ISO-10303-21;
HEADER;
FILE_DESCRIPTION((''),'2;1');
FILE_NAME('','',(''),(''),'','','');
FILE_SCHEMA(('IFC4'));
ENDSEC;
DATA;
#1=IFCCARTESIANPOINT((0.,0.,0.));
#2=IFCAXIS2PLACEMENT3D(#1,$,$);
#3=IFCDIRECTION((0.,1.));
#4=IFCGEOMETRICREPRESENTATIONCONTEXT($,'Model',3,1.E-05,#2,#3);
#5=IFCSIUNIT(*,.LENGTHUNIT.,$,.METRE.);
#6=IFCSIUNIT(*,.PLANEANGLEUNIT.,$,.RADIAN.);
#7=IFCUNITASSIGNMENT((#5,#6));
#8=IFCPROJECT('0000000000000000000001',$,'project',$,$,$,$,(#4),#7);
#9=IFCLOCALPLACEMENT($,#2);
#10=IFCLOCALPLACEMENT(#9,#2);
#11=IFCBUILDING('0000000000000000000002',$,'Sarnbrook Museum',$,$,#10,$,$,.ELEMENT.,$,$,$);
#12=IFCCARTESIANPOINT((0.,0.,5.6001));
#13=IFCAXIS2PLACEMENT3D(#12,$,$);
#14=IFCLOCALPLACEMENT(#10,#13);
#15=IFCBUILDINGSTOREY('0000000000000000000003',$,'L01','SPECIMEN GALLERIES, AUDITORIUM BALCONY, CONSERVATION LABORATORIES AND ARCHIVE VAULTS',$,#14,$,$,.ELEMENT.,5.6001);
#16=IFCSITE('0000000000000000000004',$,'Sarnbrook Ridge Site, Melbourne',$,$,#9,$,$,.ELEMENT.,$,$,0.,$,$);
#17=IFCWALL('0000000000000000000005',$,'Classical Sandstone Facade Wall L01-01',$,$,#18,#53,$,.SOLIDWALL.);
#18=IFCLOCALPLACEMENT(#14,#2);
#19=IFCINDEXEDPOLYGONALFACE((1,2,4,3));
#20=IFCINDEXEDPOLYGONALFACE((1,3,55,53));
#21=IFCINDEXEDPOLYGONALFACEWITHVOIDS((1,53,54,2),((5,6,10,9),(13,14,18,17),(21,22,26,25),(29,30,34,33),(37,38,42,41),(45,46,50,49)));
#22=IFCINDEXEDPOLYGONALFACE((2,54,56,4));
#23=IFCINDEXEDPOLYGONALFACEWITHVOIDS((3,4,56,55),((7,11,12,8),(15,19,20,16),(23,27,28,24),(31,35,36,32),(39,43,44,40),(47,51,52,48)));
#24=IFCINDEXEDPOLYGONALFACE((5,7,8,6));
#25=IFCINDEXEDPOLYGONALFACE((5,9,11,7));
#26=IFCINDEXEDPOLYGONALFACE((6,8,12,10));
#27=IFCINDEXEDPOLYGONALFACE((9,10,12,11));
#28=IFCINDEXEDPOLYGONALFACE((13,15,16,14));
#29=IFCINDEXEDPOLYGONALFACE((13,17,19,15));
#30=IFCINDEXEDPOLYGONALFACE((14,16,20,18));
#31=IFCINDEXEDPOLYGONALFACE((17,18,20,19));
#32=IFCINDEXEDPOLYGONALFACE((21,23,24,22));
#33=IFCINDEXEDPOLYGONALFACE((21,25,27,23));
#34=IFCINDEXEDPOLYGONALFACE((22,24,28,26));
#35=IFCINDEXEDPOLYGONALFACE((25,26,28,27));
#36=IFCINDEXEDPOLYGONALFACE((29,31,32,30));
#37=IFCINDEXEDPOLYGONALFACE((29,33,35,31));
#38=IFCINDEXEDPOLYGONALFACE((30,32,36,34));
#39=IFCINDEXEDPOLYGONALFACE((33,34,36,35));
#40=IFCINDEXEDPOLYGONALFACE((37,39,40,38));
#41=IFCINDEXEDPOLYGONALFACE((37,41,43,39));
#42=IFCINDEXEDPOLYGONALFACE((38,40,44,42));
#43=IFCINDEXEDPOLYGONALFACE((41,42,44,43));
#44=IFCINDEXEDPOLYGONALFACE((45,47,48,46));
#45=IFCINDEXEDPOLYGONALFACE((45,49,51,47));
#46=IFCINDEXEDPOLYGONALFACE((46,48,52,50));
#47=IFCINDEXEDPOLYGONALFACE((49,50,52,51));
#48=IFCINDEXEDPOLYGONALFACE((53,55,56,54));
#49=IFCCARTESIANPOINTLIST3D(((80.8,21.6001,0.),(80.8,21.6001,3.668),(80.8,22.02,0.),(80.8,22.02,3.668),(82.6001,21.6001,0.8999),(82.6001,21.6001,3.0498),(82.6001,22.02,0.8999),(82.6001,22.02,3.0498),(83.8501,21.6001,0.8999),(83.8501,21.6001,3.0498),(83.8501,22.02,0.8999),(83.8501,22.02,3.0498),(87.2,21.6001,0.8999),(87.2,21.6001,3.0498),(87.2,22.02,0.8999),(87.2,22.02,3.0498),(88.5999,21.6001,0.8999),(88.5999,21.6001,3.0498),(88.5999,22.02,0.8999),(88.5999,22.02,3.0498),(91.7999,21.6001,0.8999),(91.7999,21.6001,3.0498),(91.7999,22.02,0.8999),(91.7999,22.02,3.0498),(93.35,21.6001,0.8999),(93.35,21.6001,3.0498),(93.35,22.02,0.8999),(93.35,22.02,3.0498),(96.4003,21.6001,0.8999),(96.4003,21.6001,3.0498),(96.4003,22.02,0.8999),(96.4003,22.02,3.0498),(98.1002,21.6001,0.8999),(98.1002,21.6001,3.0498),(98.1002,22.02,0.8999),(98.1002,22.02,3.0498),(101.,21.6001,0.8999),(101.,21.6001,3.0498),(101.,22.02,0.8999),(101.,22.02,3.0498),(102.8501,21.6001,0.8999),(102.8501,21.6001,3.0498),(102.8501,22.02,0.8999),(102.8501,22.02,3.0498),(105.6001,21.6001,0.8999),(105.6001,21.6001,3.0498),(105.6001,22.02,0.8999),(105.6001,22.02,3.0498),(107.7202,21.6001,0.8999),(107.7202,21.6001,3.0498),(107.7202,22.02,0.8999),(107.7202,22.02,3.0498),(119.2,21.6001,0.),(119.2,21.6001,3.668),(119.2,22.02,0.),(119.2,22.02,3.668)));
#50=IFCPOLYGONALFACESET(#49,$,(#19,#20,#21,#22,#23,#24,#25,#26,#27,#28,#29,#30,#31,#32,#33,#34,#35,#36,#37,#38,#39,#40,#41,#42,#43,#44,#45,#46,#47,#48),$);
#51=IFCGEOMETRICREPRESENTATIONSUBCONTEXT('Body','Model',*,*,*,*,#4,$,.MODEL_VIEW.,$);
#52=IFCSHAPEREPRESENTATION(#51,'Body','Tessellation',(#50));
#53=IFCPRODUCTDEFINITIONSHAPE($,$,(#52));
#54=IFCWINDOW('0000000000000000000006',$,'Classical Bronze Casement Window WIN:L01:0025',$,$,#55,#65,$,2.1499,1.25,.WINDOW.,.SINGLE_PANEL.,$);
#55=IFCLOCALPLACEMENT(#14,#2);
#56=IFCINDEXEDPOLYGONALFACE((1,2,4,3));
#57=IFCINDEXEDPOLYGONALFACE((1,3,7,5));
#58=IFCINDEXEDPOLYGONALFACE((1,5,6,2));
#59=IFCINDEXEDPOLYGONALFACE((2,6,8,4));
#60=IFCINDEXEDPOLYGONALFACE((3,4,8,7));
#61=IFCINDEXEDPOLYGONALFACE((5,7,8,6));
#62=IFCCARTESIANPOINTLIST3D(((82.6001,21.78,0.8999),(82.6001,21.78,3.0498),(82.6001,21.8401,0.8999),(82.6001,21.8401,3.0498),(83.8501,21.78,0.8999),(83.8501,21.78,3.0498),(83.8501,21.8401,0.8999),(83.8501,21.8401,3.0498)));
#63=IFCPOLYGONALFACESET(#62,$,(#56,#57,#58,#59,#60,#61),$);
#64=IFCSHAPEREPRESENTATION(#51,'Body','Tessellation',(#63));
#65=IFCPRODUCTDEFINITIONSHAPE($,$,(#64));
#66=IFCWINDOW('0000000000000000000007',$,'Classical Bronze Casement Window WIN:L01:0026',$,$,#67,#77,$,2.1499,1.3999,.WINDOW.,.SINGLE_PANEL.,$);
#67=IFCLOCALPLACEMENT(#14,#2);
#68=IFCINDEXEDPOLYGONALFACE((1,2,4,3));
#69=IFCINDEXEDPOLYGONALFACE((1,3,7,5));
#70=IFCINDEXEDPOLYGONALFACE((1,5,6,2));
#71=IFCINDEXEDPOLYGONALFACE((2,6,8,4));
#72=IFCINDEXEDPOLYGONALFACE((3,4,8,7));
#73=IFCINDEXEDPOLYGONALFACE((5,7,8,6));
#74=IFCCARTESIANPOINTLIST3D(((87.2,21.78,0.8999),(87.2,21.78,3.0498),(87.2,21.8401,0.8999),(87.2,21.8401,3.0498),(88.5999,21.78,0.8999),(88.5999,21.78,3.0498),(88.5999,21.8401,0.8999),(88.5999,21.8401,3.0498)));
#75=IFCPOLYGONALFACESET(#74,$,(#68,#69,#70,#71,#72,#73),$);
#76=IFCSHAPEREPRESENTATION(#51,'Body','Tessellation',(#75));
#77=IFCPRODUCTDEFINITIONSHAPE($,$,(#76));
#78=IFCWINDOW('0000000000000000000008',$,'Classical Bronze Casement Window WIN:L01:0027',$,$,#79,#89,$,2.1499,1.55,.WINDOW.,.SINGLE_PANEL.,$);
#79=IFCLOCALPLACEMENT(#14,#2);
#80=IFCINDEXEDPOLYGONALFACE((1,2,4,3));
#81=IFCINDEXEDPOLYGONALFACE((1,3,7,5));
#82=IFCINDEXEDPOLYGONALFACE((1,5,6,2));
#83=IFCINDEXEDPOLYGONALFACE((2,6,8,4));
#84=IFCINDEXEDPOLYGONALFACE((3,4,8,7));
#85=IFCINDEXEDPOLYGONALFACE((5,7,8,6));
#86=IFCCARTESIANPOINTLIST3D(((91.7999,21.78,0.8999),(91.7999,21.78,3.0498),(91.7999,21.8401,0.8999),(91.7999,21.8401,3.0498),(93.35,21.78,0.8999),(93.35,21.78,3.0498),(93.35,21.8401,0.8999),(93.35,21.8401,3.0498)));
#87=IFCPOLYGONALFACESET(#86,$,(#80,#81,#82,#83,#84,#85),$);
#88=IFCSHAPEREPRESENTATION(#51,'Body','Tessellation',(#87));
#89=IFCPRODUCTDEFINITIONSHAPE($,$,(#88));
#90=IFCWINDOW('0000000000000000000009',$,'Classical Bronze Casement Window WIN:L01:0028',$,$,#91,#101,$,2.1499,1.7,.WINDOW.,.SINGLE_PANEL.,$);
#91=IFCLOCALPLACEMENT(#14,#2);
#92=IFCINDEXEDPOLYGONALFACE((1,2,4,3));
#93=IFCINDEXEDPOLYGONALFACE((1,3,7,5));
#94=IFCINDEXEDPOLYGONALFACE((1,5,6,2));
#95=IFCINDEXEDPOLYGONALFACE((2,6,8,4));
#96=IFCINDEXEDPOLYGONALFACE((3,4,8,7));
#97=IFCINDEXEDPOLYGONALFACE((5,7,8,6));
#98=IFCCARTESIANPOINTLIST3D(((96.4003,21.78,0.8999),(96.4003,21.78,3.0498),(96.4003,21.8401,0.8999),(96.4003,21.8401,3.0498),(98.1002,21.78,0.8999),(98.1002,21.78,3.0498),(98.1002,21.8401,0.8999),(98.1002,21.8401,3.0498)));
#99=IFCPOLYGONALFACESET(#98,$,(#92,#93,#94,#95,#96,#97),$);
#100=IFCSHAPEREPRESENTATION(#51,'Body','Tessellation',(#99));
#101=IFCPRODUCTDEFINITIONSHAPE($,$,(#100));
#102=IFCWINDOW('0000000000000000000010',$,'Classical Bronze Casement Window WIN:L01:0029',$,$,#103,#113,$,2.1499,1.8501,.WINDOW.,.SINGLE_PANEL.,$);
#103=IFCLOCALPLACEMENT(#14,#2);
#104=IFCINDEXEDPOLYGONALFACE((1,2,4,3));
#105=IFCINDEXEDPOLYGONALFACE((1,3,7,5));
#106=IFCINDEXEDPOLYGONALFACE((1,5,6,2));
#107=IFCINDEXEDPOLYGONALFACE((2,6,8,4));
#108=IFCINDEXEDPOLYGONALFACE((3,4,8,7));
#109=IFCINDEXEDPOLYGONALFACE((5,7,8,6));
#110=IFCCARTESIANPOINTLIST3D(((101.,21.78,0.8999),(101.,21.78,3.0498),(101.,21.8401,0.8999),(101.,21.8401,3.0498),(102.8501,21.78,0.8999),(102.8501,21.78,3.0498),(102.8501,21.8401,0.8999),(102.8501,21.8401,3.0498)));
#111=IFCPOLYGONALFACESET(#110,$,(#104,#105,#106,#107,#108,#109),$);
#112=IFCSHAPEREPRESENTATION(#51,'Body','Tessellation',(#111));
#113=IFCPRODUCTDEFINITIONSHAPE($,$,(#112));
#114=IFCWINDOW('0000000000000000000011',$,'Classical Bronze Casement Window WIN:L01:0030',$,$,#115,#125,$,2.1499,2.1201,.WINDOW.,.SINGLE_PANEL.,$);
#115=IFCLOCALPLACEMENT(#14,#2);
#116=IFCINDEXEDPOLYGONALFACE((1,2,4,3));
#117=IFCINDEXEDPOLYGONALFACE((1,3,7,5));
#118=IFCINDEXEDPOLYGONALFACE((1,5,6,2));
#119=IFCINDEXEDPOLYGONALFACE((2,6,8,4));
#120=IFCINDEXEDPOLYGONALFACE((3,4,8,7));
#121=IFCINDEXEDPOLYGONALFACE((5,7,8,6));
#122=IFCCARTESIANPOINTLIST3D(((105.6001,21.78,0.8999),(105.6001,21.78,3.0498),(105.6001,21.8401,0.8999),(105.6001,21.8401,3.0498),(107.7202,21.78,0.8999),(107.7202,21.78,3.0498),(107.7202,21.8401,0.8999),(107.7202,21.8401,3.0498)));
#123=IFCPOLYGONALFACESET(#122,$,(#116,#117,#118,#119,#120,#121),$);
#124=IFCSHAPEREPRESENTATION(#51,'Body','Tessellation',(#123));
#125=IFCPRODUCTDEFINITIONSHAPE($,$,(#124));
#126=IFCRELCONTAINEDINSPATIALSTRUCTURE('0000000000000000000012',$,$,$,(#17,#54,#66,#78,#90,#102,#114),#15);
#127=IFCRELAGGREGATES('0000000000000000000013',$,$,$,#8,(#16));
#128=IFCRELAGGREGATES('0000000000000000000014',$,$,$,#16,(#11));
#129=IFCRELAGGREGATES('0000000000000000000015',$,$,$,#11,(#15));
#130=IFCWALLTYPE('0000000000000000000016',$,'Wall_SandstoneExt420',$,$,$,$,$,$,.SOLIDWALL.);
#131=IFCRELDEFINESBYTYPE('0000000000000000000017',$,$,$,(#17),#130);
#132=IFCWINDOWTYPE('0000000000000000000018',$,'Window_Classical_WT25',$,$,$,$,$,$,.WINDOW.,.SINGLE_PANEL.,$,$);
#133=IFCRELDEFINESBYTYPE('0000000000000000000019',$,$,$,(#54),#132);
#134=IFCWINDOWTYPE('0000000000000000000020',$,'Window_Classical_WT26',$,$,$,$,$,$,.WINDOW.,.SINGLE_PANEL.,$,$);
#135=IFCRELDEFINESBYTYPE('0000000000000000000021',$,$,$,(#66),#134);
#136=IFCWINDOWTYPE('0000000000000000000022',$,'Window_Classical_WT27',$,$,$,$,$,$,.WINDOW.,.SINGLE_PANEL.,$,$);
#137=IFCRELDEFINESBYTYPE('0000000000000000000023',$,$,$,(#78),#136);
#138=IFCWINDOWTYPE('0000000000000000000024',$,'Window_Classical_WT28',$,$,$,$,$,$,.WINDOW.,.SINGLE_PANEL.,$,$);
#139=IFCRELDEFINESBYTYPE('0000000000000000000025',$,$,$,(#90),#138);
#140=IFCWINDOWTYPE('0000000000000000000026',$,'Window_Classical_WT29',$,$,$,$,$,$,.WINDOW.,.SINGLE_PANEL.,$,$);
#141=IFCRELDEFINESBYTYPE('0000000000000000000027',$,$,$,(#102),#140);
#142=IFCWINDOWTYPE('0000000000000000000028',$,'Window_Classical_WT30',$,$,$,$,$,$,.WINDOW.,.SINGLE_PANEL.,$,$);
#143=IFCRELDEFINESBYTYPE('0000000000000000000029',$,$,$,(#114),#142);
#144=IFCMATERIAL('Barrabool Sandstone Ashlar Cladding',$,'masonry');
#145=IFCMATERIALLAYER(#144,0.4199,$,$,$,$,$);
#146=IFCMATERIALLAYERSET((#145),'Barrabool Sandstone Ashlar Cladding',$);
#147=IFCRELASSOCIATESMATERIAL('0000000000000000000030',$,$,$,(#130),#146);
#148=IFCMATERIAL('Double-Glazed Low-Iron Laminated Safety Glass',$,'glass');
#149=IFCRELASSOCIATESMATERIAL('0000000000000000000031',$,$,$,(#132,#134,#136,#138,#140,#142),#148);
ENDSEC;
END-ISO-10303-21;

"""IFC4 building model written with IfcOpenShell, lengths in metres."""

from ifc_helpers import new_model, si_unit, direction, frame, frame_2d, origin, place, context, subcontext, project, spatial, rectangle, extrude, material, layer, layer_set, type_object, element, fill, save


model = new_model("IFC4")

# Units and contexts
model_context = context("Model", 3, precision=1e-05, world=origin(), true_north=direction((0.0, 1.0)))
body_context = subcontext(model_context, "Body", "Model", "MODEL_VIEW")
ifc_project = project(units=[si_unit("LENGTHUNIT", "METRE"), si_unit("PLANEANGLEUNIT", "RADIAN")], contexts=[model_context])

# Site, building, storey
site_placement = place(None, origin())
site = spatial("IfcSite", under=ifc_project, at=site_placement, Name="Sarnbrook Ridge Site, Melbourne", CompositionType="ELEMENT", RefElevation=0.0)
building_placement = place(site_placement, origin())
building = spatial("IfcBuilding", under=site, at=building_placement, Name="Sarnbrook Museum", CompositionType="ELEMENT")
storey_placement = place(building_placement, frame((0.0, 0.0, 5.6001)))
storey = spatial("IfcBuildingStorey", under=building, at=storey_placement, Name="L01", Description="SPECIMEN GALLERIES, AUDITORIUM BALCONY, CONSERVATION LABORATORIES AND ARCHIVE VAULTS", CompositionType="ELEMENT", Elevation=5.6001)

# Wall, openings, windows
ifc_material_1 = material(Name="Barrabool Sandstone Ashlar Cladding", Category="masonry")
ifc_layer_1 = layer(ifc_material_1, 0.4199)
ifc_layer_set_1 = layer_set([ifc_layer_1], Name="Barrabool Sandstone Ashlar Cladding")
wall_type_1 = type_object("IfcWallType", Name="Wall_SandstoneExt420", PredefinedType="SOLIDWALL", material=ifc_layer_set_1)
wall_1_placement = place(storey_placement, frame((80.8, 21.8101, 0.0), z_axis=(0.0, 0.0, 1.0), x_axis=(1.0, 0.0, 0.0)))
wall_1 = element("IfcWall", 1, at=wall_1_placement, inside=storey, type_object=wall_type_1, Name="Classical Sandstone Facade Wall L01-01", PredefinedType="SOLIDWALL", context=body_context, shape_type="SweptSolid", body=[
    extrude(rectangle(XDim=38.3999, YDim=0.4199, at=frame_2d((19.2, 0.0))), origin(), (0.0, 0.0, 1.0), 3.668),
])
opening_1_placement = place(wall_1_placement, frame((1.8, 0.0, 0.8999)))
opening_1 = element("IfcOpeningElement", 2, at=opening_1_placement, cuts=wall_1, PredefinedType="OPENING", context=body_context, shape_type="SweptSolid", body=[
    extrude(rectangle(XDim=1.25, YDim=2.1499, at=frame_2d((0.625, 1.075))), frame((0.0, 0.22, 0.0), z_axis=(0.0, -1.0, 0.0), x_axis=(1.0, 0.0, 0.0)), (0.0, 0.0, 1.0), 0.4399),
])
opening_2_placement = place(wall_1_placement, frame((6.3999, 0.0, 0.8999)))
opening_2 = element("IfcOpeningElement", 3, at=opening_2_placement, cuts=wall_1, PredefinedType="OPENING", context=body_context, shape_type="SweptSolid", body=[
    extrude(rectangle(XDim=1.3999, YDim=2.1499, at=frame_2d((0.7, 1.075))), frame((0.0, 0.22, 0.0), z_axis=(0.0, -1.0, 0.0), x_axis=(1.0, 0.0, 0.0)), (0.0, 0.0, 1.0), 0.4399),
])
opening_3_placement = place(wall_1_placement, frame((11.0, 0.0, 0.8999)))
opening_3 = element("IfcOpeningElement", 4, at=opening_3_placement, cuts=wall_1, PredefinedType="OPENING", context=body_context, shape_type="SweptSolid", body=[
    extrude(rectangle(XDim=1.55, YDim=2.1499, at=frame_2d((0.7749, 1.075))), frame((0.0, 0.22, 0.0), z_axis=(0.0, -1.0, 0.0), x_axis=(1.0, 0.0, 0.0)), (0.0, 0.0, 1.0), 0.4399),
])
opening_4_placement = place(wall_1_placement, frame((15.6001, 0.0, 0.8999)))
opening_4 = element("IfcOpeningElement", 5, at=opening_4_placement, cuts=wall_1, PredefinedType="OPENING", context=body_context, shape_type="SweptSolid", body=[
    extrude(rectangle(XDim=1.7, YDim=2.1499, at=frame_2d((0.8501, 1.075))), frame((0.0, 0.22, 0.0), z_axis=(0.0, -1.0, 0.0), x_axis=(1.0, 0.0, 0.0)), (0.0, 0.0, 1.0), 0.4399),
])
opening_5_placement = place(wall_1_placement, frame((20.2, 0.0, 0.8999)))
opening_5 = element("IfcOpeningElement", 6, at=opening_5_placement, cuts=wall_1, PredefinedType="OPENING", context=body_context, shape_type="SweptSolid", body=[
    extrude(rectangle(XDim=1.8501, YDim=2.1499, at=frame_2d((0.925, 1.075))), frame((0.0, 0.22, 0.0), z_axis=(0.0, -1.0, 0.0), x_axis=(1.0, 0.0, 0.0)), (0.0, 0.0, 1.0), 0.4399),
])
opening_6_placement = place(wall_1_placement, frame((24.8, 0.0, 0.8999)))
opening_6 = element("IfcOpeningElement", 7, at=opening_6_placement, cuts=wall_1, PredefinedType="OPENING", context=body_context, shape_type="SweptSolid", body=[
    extrude(rectangle(XDim=2.1201, YDim=2.1499, at=frame_2d((1.0601, 1.075))), frame((0.0, 0.22, 0.0), z_axis=(0.0, -1.0, 0.0), x_axis=(1.0, 0.0, 0.0)), (0.0, 0.0, 1.0), 0.4399),
])
ifc_material_2 = material(Name="Double-Glazed Low-Iron Laminated Safety Glass", Category="glass")
window_type_1 = type_object("IfcWindowType", Name="Window_Classical_WT25", PartitioningType="SINGLE_PANEL", PredefinedType="WINDOW", material=ifc_material_2)
window_1_placement = place(opening_1_placement, origin())
window_1 = element("IfcWindow", 8, at=window_1_placement, inside=storey, type_object=window_type_1, Name="Classical Bronze Casement Window WIN:L01:0025", OverallHeight=2.1499, OverallWidth=1.25, PartitioningType="SINGLE_PANEL", PredefinedType="WINDOW", context=body_context, shape_type="SweptSolid", body=[
    extrude(rectangle(XDim=1.25, YDim=2.1499, at=frame_2d((0.625, 1.075))), frame((0.0, 0.03, 0.0), z_axis=(0.0, -1.0, 0.0), x_axis=(1.0, 0.0, 0.0)), (0.0, 0.0, 1.0), 0.0601),
])
fill(opening_1, window_1)
window_type_2 = type_object("IfcWindowType", Name="Window_Classical_WT26", PartitioningType="SINGLE_PANEL", PredefinedType="WINDOW", material=ifc_material_2)
window_2_placement = place(opening_2_placement, origin())
window_2 = element("IfcWindow", 9, at=window_2_placement, inside=storey, type_object=window_type_2, Name="Classical Bronze Casement Window WIN:L01:0026", OverallHeight=2.1499, OverallWidth=1.3999, PartitioningType="SINGLE_PANEL", PredefinedType="WINDOW", context=body_context, shape_type="SweptSolid", body=[
    extrude(rectangle(XDim=1.3999, YDim=2.1499, at=frame_2d((0.7, 1.075))), frame((0.0, 0.03, 0.0), z_axis=(0.0, -1.0, 0.0), x_axis=(1.0, 0.0, 0.0)), (0.0, 0.0, 1.0), 0.0601),
])
fill(opening_2, window_2)
window_type_3 = type_object("IfcWindowType", Name="Window_Classical_WT27", PartitioningType="SINGLE_PANEL", PredefinedType="WINDOW", material=ifc_material_2)
window_3_placement = place(opening_3_placement, origin())
window_3 = element("IfcWindow", 10, at=window_3_placement, inside=storey, type_object=window_type_3, Name="Classical Bronze Casement Window WIN:L01:0027", OverallHeight=2.1499, OverallWidth=1.55, PartitioningType="SINGLE_PANEL", PredefinedType="WINDOW", context=body_context, shape_type="SweptSolid", body=[
    extrude(rectangle(XDim=1.55, YDim=2.1499, at=frame_2d((0.7749, 1.075))), frame((0.0, 0.03, 0.0), z_axis=(0.0, -1.0, 0.0), x_axis=(1.0, 0.0, 0.0)), (0.0, 0.0, 1.0), 0.0601),
])
fill(opening_3, window_3)
window_type_4 = type_object("IfcWindowType", Name="Window_Classical_WT28", PartitioningType="SINGLE_PANEL", PredefinedType="WINDOW", material=ifc_material_2)
window_4_placement = place(opening_4_placement, origin())
window_4 = element("IfcWindow", 11, at=window_4_placement, inside=storey, type_object=window_type_4, Name="Classical Bronze Casement Window WIN:L01:0028", OverallHeight=2.1499, OverallWidth=1.7, PartitioningType="SINGLE_PANEL", PredefinedType="WINDOW", context=body_context, shape_type="SweptSolid", body=[
    extrude(rectangle(XDim=1.7, YDim=2.1499, at=frame_2d((0.8501, 1.075))), frame((0.0, 0.03, 0.0), z_axis=(0.0, -1.0, 0.0), x_axis=(1.0, 0.0, 0.0)), (0.0, 0.0, 1.0), 0.0601),
])
fill(opening_4, window_4)
window_type_5 = type_object("IfcWindowType", Name="Window_Classical_WT29", PartitioningType="SINGLE_PANEL", PredefinedType="WINDOW", material=ifc_material_2)
window_5_placement = place(opening_5_placement, origin())
window_5 = element("IfcWindow", 12, at=window_5_placement, inside=storey, type_object=window_type_5, Name="Classical Bronze Casement Window WIN:L01:0029", OverallHeight=2.1499, OverallWidth=1.8501, PartitioningType="SINGLE_PANEL", PredefinedType="WINDOW", context=body_context, shape_type="SweptSolid", body=[
    extrude(rectangle(XDim=1.8501, YDim=2.1499, at=frame_2d((0.925, 1.075))), frame((0.0, 0.03, 0.0), z_axis=(0.0, -1.0, 0.0), x_axis=(1.0, 0.0, 0.0)), (0.0, 0.0, 1.0), 0.0601),
])
fill(opening_5, window_5)
window_type_6 = type_object("IfcWindowType", Name="Window_Classical_WT30", PartitioningType="SINGLE_PANEL", PredefinedType="WINDOW", material=ifc_material_2)
window_6_placement = place(opening_6_placement, origin())
window_6 = element("IfcWindow", 13, at=window_6_placement, inside=storey, type_object=window_type_6, Name="Classical Bronze Casement Window WIN:L01:0030", OverallHeight=2.1499, OverallWidth=2.1201, PartitioningType="SINGLE_PANEL", PredefinedType="WINDOW", context=body_context, shape_type="SweptSolid", body=[
    extrude(rectangle(XDim=2.1201, YDim=2.1499, at=frame_2d((1.0601, 1.075))), frame((0.0, 0.03, 0.0), z_axis=(0.0, -1.0, 0.0), x_axis=(1.0, 0.0, 0.0)), (0.0, 0.0, 1.0), 0.0601),
])
fill(opening_6, window_6)

save(model, "model.ifc")
